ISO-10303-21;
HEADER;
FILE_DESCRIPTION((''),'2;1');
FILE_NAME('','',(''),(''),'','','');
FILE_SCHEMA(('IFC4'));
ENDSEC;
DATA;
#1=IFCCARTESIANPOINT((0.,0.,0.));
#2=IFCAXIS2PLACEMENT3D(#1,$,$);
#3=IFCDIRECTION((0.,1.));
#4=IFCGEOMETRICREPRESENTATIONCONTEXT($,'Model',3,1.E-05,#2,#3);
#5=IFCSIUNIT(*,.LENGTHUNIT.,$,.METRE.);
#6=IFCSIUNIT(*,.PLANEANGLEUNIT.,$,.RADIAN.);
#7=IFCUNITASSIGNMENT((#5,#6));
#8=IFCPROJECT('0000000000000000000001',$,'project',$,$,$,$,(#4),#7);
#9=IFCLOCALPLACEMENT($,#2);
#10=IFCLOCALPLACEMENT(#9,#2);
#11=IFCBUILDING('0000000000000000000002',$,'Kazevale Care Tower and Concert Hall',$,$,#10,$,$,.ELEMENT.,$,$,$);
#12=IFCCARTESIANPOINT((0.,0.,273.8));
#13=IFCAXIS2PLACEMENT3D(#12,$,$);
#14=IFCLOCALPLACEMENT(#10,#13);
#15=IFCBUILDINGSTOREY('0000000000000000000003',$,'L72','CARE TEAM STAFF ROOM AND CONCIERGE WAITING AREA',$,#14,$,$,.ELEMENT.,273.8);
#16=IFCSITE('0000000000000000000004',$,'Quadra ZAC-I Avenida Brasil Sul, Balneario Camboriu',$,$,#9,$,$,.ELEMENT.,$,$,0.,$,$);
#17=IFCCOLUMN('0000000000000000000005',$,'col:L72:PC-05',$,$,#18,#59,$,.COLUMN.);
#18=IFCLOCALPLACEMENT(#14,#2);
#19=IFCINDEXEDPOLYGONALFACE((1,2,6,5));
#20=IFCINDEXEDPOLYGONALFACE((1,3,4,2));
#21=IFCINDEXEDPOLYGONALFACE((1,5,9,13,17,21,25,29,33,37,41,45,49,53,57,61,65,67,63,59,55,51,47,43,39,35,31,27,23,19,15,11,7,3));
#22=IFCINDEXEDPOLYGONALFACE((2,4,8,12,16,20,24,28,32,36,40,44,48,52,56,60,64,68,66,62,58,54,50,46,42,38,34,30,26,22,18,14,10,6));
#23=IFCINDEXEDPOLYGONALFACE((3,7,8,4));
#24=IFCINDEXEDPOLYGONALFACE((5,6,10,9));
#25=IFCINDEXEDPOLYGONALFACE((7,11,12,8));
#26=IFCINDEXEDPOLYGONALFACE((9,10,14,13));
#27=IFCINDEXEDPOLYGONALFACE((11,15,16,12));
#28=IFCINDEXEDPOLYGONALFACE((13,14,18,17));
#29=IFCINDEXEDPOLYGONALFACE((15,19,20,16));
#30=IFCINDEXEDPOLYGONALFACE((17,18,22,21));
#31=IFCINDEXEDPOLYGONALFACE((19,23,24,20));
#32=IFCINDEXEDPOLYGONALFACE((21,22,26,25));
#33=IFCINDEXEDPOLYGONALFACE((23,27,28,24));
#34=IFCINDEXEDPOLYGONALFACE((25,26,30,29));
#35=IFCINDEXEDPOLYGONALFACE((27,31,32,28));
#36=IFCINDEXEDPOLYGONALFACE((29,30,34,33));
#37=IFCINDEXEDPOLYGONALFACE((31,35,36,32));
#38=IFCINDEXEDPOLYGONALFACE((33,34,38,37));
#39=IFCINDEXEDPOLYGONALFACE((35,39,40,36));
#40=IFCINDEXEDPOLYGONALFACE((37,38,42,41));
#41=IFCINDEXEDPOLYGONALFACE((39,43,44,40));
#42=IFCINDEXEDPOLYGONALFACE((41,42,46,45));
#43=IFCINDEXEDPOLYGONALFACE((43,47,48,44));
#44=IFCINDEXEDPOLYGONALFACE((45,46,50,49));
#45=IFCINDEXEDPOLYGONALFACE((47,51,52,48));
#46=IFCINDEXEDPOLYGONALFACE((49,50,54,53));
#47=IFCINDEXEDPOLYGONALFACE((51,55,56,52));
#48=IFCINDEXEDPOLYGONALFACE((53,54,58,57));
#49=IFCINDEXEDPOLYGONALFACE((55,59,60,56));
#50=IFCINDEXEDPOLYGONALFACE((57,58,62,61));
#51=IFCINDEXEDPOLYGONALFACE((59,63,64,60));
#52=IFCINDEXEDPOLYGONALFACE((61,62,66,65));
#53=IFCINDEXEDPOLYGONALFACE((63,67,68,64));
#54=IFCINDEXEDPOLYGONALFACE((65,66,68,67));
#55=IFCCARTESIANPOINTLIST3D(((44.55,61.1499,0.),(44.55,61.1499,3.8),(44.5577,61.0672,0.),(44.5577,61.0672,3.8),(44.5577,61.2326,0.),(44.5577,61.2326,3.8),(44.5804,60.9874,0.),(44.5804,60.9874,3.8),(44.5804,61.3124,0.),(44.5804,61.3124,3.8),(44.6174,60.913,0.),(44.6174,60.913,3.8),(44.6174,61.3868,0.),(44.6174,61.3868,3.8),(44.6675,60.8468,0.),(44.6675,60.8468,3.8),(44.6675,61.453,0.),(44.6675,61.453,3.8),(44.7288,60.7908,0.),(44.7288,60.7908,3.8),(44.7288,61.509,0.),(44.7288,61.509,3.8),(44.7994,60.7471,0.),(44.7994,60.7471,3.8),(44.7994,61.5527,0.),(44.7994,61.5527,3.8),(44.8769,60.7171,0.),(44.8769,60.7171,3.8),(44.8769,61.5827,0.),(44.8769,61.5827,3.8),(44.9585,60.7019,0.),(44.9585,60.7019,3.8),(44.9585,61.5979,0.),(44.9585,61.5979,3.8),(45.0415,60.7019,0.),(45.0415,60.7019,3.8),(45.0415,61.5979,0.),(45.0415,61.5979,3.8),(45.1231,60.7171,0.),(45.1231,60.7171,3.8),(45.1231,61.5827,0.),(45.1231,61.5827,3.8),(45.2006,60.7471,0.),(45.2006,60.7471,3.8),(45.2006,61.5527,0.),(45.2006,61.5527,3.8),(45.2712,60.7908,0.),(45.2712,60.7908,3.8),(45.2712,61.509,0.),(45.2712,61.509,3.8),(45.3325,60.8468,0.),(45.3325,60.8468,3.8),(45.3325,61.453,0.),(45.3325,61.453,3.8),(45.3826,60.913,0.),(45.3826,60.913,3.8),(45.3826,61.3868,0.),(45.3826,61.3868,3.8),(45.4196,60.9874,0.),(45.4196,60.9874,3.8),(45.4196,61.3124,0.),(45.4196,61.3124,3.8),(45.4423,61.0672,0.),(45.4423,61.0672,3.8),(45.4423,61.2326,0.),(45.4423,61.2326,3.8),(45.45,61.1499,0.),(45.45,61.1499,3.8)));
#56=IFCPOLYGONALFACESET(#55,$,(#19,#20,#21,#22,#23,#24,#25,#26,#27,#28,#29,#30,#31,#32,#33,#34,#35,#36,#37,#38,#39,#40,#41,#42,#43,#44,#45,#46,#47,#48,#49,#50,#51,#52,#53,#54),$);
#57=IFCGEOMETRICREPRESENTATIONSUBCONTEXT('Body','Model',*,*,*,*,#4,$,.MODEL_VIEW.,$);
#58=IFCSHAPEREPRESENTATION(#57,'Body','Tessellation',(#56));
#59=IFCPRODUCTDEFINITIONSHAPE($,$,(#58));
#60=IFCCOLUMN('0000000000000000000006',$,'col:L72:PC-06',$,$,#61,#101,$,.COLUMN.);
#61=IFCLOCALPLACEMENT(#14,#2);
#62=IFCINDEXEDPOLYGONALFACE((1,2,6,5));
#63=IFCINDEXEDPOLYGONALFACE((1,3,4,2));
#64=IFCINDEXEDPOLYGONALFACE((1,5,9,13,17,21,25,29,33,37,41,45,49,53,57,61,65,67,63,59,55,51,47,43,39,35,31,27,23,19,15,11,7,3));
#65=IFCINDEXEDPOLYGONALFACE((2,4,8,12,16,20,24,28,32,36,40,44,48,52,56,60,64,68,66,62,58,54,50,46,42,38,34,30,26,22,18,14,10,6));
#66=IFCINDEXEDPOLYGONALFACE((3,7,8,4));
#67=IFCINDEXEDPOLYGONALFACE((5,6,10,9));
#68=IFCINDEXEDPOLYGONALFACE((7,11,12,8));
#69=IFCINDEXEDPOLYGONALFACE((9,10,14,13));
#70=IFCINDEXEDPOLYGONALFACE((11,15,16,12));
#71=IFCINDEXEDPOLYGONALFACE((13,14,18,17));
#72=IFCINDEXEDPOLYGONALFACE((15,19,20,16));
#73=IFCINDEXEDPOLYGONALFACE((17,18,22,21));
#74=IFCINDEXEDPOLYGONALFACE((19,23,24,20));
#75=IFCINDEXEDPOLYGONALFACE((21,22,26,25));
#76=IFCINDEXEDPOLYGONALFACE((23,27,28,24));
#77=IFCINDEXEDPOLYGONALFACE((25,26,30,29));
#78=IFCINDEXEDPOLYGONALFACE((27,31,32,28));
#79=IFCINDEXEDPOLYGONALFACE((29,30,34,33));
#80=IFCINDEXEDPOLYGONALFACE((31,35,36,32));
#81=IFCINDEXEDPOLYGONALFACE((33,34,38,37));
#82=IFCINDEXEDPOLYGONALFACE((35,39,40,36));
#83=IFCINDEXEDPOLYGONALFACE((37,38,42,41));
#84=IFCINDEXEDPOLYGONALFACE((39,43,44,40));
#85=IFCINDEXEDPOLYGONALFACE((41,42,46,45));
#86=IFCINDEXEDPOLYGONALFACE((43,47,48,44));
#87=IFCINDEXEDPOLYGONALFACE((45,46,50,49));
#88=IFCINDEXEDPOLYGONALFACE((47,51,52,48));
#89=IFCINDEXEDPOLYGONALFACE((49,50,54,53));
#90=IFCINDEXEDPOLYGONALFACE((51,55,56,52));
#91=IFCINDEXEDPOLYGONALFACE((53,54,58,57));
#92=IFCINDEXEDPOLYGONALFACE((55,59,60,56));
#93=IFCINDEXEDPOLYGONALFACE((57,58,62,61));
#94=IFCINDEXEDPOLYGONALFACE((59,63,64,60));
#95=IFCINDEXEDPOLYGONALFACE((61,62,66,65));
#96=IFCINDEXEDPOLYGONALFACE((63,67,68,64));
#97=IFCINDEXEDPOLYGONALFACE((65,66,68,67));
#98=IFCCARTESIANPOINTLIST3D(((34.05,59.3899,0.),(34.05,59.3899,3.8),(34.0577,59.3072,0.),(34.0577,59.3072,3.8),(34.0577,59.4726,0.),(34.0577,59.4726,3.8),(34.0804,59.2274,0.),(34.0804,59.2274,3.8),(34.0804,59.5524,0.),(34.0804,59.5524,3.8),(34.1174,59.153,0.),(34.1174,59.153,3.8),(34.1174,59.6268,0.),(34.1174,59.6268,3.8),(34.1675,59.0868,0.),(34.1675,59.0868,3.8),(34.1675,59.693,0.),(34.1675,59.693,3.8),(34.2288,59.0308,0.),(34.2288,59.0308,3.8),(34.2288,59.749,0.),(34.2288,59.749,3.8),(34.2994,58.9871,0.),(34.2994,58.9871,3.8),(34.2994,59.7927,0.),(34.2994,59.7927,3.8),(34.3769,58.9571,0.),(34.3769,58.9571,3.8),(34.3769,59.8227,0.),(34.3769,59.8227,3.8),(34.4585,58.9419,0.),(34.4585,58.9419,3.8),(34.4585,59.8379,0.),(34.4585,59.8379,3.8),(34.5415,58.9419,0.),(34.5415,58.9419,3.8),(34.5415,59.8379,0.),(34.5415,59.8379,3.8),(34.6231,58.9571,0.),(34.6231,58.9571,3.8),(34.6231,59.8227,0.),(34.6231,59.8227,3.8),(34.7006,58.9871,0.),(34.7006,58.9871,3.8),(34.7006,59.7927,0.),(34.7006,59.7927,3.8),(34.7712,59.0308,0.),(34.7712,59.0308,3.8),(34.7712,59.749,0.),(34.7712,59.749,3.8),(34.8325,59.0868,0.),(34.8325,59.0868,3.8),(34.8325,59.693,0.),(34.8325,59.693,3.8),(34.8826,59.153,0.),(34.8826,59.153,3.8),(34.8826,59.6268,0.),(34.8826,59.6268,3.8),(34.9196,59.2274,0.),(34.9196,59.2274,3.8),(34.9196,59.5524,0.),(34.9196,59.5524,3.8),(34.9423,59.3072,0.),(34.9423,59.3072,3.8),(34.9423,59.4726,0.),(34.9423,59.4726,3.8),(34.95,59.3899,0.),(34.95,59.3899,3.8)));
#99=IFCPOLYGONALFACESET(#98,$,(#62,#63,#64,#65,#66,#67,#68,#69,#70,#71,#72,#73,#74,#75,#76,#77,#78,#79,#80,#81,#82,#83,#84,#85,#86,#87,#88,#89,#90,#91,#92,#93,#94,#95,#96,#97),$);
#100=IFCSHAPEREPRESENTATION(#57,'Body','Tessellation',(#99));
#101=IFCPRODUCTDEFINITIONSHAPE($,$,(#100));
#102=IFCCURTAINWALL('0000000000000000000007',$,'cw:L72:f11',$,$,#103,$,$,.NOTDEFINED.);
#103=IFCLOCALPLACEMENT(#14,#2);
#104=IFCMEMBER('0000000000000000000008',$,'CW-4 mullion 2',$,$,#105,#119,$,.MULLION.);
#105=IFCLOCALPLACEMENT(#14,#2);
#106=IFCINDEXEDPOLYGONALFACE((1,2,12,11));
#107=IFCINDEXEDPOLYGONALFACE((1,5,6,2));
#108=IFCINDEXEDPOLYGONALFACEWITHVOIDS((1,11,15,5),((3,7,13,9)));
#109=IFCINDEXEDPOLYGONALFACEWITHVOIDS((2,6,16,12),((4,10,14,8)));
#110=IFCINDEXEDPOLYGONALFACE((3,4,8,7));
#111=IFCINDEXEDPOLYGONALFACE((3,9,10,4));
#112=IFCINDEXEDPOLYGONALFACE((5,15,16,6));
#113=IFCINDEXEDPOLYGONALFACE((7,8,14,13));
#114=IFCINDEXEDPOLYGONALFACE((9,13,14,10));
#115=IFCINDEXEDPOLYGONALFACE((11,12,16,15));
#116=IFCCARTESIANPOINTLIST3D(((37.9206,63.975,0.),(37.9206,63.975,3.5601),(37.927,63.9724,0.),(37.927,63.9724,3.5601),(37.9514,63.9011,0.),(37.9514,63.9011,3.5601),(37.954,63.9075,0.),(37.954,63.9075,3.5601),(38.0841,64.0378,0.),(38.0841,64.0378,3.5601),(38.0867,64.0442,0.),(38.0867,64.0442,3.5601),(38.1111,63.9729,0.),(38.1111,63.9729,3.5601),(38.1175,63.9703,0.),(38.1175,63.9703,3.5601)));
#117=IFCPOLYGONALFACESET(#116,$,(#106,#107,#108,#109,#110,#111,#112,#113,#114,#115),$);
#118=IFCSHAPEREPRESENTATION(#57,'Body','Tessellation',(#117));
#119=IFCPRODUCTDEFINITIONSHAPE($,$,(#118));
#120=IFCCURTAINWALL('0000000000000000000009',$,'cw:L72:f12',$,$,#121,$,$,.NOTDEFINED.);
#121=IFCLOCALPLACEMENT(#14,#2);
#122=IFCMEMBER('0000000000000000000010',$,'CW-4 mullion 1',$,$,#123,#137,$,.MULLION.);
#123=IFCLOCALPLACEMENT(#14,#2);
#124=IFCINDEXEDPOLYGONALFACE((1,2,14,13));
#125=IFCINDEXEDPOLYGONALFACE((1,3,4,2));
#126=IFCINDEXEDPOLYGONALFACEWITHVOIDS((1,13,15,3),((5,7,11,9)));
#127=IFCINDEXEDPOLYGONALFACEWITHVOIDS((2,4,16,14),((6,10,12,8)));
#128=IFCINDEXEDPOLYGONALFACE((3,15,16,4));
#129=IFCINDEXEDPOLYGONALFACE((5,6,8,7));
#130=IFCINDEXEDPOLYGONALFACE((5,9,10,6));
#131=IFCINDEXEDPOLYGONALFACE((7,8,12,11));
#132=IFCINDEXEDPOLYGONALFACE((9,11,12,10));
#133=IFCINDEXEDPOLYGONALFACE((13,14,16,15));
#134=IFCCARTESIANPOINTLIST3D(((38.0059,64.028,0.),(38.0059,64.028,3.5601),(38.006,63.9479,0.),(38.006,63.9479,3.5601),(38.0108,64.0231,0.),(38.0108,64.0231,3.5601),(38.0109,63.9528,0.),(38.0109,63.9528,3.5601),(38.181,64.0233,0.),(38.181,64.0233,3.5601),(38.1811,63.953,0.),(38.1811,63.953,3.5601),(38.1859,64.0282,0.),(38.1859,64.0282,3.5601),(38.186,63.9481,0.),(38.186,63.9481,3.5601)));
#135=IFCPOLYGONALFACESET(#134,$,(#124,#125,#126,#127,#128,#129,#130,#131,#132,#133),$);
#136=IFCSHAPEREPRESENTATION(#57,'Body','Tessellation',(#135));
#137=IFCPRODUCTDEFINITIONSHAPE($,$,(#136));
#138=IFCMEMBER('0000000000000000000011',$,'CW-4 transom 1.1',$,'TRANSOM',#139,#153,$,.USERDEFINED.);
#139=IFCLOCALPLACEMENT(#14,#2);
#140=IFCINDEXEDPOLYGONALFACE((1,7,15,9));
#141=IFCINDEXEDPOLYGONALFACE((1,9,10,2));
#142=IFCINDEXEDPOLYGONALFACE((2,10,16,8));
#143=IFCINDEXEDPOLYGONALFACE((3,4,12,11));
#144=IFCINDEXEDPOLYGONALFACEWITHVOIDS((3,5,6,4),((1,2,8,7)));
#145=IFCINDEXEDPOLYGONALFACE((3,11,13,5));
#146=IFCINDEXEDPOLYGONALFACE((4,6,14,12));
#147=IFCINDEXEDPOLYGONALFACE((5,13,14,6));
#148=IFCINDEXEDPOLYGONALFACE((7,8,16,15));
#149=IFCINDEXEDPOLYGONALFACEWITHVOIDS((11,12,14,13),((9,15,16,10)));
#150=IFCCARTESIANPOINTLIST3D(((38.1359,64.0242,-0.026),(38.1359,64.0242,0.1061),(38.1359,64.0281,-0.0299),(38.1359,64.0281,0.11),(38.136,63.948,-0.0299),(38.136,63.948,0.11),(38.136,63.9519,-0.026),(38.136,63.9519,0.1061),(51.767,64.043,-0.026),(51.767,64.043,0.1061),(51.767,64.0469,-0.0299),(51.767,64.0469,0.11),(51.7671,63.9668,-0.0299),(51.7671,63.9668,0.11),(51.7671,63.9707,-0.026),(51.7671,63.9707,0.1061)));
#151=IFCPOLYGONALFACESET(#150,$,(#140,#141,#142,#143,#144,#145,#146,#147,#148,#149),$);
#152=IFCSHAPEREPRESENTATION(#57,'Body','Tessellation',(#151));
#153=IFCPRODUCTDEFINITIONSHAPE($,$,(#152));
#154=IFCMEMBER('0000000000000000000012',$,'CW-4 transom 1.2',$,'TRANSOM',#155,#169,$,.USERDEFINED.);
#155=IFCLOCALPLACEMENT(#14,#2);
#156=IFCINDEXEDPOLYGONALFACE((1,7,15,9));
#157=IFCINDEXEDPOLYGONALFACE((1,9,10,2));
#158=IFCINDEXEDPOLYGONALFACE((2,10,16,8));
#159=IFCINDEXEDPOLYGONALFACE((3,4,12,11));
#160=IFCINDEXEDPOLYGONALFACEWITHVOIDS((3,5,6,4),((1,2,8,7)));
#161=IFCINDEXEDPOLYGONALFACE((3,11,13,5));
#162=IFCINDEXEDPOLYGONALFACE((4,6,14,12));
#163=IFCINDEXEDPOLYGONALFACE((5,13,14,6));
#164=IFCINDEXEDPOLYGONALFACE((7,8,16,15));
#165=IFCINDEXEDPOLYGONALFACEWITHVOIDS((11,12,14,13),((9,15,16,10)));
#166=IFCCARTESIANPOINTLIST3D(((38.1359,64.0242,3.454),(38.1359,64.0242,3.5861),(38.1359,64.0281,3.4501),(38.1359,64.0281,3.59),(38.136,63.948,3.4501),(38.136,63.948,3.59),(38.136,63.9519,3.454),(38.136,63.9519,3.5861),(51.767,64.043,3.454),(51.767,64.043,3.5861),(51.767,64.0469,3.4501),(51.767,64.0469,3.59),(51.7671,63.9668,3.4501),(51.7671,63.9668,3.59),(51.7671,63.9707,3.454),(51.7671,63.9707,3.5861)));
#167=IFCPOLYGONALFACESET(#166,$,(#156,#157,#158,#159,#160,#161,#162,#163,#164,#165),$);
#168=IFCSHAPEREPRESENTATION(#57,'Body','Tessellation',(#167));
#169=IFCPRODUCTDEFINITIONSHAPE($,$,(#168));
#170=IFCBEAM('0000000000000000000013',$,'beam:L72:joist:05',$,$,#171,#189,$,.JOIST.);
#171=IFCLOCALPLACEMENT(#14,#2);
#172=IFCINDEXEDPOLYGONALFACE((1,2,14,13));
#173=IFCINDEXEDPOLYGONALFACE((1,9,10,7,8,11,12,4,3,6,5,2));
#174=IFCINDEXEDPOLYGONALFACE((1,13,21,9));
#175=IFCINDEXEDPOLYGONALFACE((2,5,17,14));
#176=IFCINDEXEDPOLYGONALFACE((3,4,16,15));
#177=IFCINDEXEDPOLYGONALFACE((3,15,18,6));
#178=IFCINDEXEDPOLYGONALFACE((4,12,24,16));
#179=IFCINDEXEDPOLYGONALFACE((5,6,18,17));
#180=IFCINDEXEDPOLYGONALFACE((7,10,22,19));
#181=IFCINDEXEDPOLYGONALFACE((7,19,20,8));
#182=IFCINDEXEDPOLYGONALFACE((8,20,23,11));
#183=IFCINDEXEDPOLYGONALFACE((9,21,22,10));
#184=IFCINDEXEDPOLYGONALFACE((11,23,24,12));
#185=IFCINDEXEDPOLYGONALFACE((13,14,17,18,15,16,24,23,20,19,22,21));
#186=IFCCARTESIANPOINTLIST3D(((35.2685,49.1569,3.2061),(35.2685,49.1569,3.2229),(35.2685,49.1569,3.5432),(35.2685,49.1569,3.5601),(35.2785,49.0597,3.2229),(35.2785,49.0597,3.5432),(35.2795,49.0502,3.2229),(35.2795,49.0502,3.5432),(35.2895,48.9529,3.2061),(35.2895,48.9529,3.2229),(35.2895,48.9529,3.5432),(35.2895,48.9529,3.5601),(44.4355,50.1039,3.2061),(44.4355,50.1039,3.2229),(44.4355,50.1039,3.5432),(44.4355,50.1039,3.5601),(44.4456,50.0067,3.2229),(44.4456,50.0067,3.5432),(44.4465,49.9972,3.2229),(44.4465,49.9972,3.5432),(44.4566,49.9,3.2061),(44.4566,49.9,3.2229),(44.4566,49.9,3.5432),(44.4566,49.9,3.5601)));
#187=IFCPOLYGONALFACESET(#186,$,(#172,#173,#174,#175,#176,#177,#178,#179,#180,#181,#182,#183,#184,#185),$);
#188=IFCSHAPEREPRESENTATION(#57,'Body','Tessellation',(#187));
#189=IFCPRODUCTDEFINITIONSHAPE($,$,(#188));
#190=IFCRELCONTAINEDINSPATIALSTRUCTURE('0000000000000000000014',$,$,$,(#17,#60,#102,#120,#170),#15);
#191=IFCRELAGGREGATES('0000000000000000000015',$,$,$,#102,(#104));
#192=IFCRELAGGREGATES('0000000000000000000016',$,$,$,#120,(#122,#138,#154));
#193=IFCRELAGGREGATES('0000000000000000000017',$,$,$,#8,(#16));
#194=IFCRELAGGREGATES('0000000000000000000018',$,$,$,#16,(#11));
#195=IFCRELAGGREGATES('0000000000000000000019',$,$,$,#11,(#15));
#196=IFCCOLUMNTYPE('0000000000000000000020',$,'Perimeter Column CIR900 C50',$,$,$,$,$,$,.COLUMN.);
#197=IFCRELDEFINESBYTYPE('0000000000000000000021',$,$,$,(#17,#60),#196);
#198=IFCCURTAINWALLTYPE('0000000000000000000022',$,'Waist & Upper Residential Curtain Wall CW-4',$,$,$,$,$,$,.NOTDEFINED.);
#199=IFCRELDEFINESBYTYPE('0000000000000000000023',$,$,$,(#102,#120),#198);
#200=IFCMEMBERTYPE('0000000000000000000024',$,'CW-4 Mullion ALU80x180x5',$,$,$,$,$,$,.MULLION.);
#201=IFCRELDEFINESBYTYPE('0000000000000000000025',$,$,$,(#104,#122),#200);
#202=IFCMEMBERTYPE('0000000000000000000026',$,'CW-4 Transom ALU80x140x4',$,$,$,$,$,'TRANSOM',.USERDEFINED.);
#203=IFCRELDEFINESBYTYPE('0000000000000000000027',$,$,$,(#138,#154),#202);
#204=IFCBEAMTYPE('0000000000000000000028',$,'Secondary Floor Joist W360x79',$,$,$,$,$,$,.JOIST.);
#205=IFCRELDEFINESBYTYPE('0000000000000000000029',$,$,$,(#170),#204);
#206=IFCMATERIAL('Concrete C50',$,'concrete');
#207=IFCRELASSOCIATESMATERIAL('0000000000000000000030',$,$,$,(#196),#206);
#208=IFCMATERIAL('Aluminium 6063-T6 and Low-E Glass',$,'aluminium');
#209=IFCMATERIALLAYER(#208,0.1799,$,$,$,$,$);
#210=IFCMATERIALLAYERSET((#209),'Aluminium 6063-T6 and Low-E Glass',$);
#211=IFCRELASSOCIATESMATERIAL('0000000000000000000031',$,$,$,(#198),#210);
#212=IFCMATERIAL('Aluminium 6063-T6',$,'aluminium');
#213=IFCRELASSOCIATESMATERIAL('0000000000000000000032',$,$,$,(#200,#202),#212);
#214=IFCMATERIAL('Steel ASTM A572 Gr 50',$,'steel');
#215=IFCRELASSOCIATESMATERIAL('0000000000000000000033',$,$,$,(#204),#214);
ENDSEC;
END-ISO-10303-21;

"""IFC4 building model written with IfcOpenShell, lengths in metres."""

from ifc_helpers import new_model, si_unit, direction, frame, origin, origin_2d, place, context, subcontext, project, spatial, hollow_rectangle, circle, i_section, extrude, material, layer, layer_set, material_profile, profile_set, type_object, element, aggregate, save


model = new_model("IFC4")

# Units and contexts
model_context = context("Model", 3, precision=1e-05, world=origin(), true_north=direction((0.0, 1.0)))
body_context = subcontext(model_context, "Body", "Model", "MODEL_VIEW")
ifc_project = project(units=[si_unit("LENGTHUNIT", "METRE"), si_unit("PLANEANGLEUNIT", "RADIAN")], contexts=[model_context])

# Site, building, storey
site_placement = place(None, origin())
site = spatial("IfcSite", under=ifc_project, at=site_placement, Name="Quadra ZAC-I Avenida Brasil Sul, Balneario Camboriu", CompositionType="ELEMENT", RefElevation=0.0)
building_placement = place(site_placement, origin())
building = spatial("IfcBuilding", under=site, at=building_placement, Name="Kazevale Care Tower and Concert Hall", CompositionType="ELEMENT")
storey_placement = place(building_placement, frame((0.0, 0.0, 273.8)))
storey = spatial("IfcBuildingStorey", under=building, at=storey_placement, Name="L72", Description="CARE TEAM STAFF ROOM AND CONCIERGE WAITING AREA", CompositionType="ELEMENT", Elevation=273.8)

# Columns
ifc_material_1 = material(Name="Concrete C50", Category="concrete")
ifc_material_profile_1 = material_profile(ifc_material_1, circle(Radius=0.45, at=origin_2d()), Name="RC-CIR900")
ifc_profile_set_1 = profile_set([ifc_material_profile_1], Name="Concrete C50")
column_type = type_object("IfcColumnType", Name="Perimeter Column CIR900 C50", PredefinedType="COLUMN", material=ifc_profile_set_1)
for number, where, z_axis, x_axis, name in (
    (1, (45.0, 61.1499, 0.0), (0.0, 0.0, 1.0), (1.0, 0.0, 0.0), "col:L72:PC-05"),
    (2, (34.5, 59.3899, 0.0), (0.0, 0.0, 1.0), (1.0, 0.0, 0.0), "col:L72:PC-06"),
):
    element("IfcColumn", number, at=place(storey_placement, frame(where, z_axis=z_axis, x_axis=x_axis)), inside=storey, type_object=column_type, Name=name, PredefinedType="COLUMN", context=body_context, shape_type="SweptSolid", body=[
        extrude(circle(Radius=0.45, at=origin_2d()), origin(), (0.0, 0.0, 1.0), 3.8),
    ])

# Curtain wall, member
ifc_material_2 = material(Name="Aluminium 6063-T6 and Low-E Glass", Category="aluminium")
ifc_layer_1 = layer(ifc_material_2, 0.1799)
ifc_layer_set_1 = layer_set([ifc_layer_1], Name="Aluminium 6063-T6 and Low-E Glass")
curtain_wall_type = type_object("IfcCurtainWallType", Name="Waist & Upper Residential Curtain Wall CW-4", PredefinedType="NOTDEFINED", material=ifc_layer_set_1)
curtain_wall_1_placement = place(storey_placement, origin())
curtain_wall_1 = element("IfcCurtainWall", 3, at=curtain_wall_1_placement, inside=storey, type_object=curtain_wall_type, Name="cw:L72:f11", PredefinedType="NOTDEFINED")
ifc_material_3 = material(Name="Aluminium 6063-T6", Category="aluminium")
ifc_material_profile_2 = material_profile(ifc_material_3, hollow_rectangle(XDim=0.0801, YDim=0.1799, WallThickness=0.0049, at=origin_2d()), Name="ALU80x180x5")
ifc_profile_set_2 = profile_set([ifc_material_profile_2], Name="Aluminium 6063-T6")
member_type_1 = type_object("IfcMemberType", Name="CW-4 Mullion ALU80x180x5", PredefinedType="MULLION", material=ifc_profile_set_2)
member_1_placement = place(storey_placement, frame((38.019, 63.9727, 0.0), z_axis=(0.0, 0.0, 1.0), x_axis=(-0.384684, 0.923048, 0.0)))
member_1 = element("IfcMember", 4, at=member_1_placement, type_object=member_type_1, Name="CW-4 mullion 2", PredefinedType="MULLION", context=body_context, shape_type="SweptSolid", body=[
    extrude(hollow_rectangle(XDim=0.0801, YDim=0.1799, WallThickness=0.0049, at=origin_2d()), origin(), (0.0, 0.0, 1.0), 3.5601),
])
aggregate(curtain_wall_1, [member_1])

# Curtain wall, members
curtain_wall_2_placement = place(storey_placement, origin())
curtain_wall_2 = element("IfcCurtainWall", 5, at=curtain_wall_2_placement, inside=storey, type_object=curtain_wall_type, Name="cw:L72:f12", PredefinedType="NOTDEFINED")
member_2_placement = place(storey_placement, frame((38.0959, 63.988, 0.0), z_axis=(0.0, 0.0, 1.0), x_axis=(-0.001378, 0.999999, 0.0)))
member_2 = element("IfcMember", 6, at=member_2_placement, type_object=member_type_1, Name="CW-4 mullion 1", PredefinedType="MULLION", context=body_context, shape_type="SweptSolid", body=[
    extrude(hollow_rectangle(XDim=0.0801, YDim=0.1799, WallThickness=0.0049, at=origin_2d()), origin(), (0.0, 0.0, 1.0), 3.5601),
])
ifc_material_profile_3 = material_profile(ifc_material_3, hollow_rectangle(XDim=0.0801, YDim=0.1399, WallThickness=0.0039, at=origin_2d()), Name="ALU80x140x4")
ifc_profile_set_3 = profile_set([ifc_material_profile_3], Name="Aluminium 6063-T6")
member_type_2 = type_object("IfcMemberType", Name="CW-4 Transom ALU80x140x4", ElementType="TRANSOM", PredefinedType="USERDEFINED", material=ifc_profile_set_3)
member_3_placement = place(storey_placement, frame((38.136, 63.988, 0.04), z_axis=(0.999999, 0.001379, 0.0), x_axis=(-0.001379, 0.999999, 0.0)))
member_3 = element("IfcMember", 7, at=member_3_placement, type_object=member_type_2, Name="CW-4 transom 1.1", ObjectType="TRANSOM", PredefinedType="USERDEFINED", context=body_context, shape_type="SweptSolid", body=[
    extrude(hollow_rectangle(XDim=0.0801, YDim=0.1399, WallThickness=0.0039, at=origin_2d()), origin(), (0.0, 0.0, 1.0), 13.6311),
])
member_4_placement = place(storey_placement, frame((38.136, 63.988, 3.52), z_axis=(0.999999, 0.001379, 0.0), x_axis=(-0.001379, 0.999999, 0.0)))
member_4 = element("IfcMember", 8, at=member_4_placement, type_object=member_type_2, Name="CW-4 transom 1.2", ObjectType="TRANSOM", PredefinedType="USERDEFINED", context=body_context, shape_type="SweptSolid", body=[
    extrude(hollow_rectangle(XDim=0.0801, YDim=0.1399, WallThickness=0.0039, at=origin_2d()), origin(), (0.0, 0.0, 1.0), 13.6311),
])

# Beam
ifc_material_4 = material(Name="Steel ASTM A572 Gr 50", Category="steel")
ifc_material_profile_4 = material_profile(ifc_material_4, i_section(OverallWidth=0.2051, OverallDepth=0.354, WebThickness=0.0095, FlangeThickness=0.0168, at=origin_2d()), Name="W360x79")
ifc_profile_set_4 = profile_set([ifc_material_profile_4], Name="Steel ASTM A572 Gr 50")
beam_type_1 = type_object("IfcBeamType", Name="Secondary Floor Joist W360x79", PredefinedType="JOIST", material=ifc_profile_set_4)
beam_1_placement = place(storey_placement, frame((44.446, 50.002, 3.3831), z_axis=(-0.994706, -0.102761, 0.0), x_axis=(0.102761, -0.994706, 0.0)))
element("IfcBeam", 9, at=beam_1_placement, inside=storey, type_object=beam_type_1, Name="beam:L72:joist:05", PredefinedType="JOIST", context=body_context, shape_type="SweptSolid", body=[
    extrude(i_section(OverallWidth=0.2051, OverallDepth=0.354, WebThickness=0.0095, FlangeThickness=0.0168, at=origin_2d()), origin(), (0.0, 0.0, 1.0), 9.2158),
])

aggregate(curtain_wall_2, [member_2, member_3, member_4])

save(model, "model.ifc")
